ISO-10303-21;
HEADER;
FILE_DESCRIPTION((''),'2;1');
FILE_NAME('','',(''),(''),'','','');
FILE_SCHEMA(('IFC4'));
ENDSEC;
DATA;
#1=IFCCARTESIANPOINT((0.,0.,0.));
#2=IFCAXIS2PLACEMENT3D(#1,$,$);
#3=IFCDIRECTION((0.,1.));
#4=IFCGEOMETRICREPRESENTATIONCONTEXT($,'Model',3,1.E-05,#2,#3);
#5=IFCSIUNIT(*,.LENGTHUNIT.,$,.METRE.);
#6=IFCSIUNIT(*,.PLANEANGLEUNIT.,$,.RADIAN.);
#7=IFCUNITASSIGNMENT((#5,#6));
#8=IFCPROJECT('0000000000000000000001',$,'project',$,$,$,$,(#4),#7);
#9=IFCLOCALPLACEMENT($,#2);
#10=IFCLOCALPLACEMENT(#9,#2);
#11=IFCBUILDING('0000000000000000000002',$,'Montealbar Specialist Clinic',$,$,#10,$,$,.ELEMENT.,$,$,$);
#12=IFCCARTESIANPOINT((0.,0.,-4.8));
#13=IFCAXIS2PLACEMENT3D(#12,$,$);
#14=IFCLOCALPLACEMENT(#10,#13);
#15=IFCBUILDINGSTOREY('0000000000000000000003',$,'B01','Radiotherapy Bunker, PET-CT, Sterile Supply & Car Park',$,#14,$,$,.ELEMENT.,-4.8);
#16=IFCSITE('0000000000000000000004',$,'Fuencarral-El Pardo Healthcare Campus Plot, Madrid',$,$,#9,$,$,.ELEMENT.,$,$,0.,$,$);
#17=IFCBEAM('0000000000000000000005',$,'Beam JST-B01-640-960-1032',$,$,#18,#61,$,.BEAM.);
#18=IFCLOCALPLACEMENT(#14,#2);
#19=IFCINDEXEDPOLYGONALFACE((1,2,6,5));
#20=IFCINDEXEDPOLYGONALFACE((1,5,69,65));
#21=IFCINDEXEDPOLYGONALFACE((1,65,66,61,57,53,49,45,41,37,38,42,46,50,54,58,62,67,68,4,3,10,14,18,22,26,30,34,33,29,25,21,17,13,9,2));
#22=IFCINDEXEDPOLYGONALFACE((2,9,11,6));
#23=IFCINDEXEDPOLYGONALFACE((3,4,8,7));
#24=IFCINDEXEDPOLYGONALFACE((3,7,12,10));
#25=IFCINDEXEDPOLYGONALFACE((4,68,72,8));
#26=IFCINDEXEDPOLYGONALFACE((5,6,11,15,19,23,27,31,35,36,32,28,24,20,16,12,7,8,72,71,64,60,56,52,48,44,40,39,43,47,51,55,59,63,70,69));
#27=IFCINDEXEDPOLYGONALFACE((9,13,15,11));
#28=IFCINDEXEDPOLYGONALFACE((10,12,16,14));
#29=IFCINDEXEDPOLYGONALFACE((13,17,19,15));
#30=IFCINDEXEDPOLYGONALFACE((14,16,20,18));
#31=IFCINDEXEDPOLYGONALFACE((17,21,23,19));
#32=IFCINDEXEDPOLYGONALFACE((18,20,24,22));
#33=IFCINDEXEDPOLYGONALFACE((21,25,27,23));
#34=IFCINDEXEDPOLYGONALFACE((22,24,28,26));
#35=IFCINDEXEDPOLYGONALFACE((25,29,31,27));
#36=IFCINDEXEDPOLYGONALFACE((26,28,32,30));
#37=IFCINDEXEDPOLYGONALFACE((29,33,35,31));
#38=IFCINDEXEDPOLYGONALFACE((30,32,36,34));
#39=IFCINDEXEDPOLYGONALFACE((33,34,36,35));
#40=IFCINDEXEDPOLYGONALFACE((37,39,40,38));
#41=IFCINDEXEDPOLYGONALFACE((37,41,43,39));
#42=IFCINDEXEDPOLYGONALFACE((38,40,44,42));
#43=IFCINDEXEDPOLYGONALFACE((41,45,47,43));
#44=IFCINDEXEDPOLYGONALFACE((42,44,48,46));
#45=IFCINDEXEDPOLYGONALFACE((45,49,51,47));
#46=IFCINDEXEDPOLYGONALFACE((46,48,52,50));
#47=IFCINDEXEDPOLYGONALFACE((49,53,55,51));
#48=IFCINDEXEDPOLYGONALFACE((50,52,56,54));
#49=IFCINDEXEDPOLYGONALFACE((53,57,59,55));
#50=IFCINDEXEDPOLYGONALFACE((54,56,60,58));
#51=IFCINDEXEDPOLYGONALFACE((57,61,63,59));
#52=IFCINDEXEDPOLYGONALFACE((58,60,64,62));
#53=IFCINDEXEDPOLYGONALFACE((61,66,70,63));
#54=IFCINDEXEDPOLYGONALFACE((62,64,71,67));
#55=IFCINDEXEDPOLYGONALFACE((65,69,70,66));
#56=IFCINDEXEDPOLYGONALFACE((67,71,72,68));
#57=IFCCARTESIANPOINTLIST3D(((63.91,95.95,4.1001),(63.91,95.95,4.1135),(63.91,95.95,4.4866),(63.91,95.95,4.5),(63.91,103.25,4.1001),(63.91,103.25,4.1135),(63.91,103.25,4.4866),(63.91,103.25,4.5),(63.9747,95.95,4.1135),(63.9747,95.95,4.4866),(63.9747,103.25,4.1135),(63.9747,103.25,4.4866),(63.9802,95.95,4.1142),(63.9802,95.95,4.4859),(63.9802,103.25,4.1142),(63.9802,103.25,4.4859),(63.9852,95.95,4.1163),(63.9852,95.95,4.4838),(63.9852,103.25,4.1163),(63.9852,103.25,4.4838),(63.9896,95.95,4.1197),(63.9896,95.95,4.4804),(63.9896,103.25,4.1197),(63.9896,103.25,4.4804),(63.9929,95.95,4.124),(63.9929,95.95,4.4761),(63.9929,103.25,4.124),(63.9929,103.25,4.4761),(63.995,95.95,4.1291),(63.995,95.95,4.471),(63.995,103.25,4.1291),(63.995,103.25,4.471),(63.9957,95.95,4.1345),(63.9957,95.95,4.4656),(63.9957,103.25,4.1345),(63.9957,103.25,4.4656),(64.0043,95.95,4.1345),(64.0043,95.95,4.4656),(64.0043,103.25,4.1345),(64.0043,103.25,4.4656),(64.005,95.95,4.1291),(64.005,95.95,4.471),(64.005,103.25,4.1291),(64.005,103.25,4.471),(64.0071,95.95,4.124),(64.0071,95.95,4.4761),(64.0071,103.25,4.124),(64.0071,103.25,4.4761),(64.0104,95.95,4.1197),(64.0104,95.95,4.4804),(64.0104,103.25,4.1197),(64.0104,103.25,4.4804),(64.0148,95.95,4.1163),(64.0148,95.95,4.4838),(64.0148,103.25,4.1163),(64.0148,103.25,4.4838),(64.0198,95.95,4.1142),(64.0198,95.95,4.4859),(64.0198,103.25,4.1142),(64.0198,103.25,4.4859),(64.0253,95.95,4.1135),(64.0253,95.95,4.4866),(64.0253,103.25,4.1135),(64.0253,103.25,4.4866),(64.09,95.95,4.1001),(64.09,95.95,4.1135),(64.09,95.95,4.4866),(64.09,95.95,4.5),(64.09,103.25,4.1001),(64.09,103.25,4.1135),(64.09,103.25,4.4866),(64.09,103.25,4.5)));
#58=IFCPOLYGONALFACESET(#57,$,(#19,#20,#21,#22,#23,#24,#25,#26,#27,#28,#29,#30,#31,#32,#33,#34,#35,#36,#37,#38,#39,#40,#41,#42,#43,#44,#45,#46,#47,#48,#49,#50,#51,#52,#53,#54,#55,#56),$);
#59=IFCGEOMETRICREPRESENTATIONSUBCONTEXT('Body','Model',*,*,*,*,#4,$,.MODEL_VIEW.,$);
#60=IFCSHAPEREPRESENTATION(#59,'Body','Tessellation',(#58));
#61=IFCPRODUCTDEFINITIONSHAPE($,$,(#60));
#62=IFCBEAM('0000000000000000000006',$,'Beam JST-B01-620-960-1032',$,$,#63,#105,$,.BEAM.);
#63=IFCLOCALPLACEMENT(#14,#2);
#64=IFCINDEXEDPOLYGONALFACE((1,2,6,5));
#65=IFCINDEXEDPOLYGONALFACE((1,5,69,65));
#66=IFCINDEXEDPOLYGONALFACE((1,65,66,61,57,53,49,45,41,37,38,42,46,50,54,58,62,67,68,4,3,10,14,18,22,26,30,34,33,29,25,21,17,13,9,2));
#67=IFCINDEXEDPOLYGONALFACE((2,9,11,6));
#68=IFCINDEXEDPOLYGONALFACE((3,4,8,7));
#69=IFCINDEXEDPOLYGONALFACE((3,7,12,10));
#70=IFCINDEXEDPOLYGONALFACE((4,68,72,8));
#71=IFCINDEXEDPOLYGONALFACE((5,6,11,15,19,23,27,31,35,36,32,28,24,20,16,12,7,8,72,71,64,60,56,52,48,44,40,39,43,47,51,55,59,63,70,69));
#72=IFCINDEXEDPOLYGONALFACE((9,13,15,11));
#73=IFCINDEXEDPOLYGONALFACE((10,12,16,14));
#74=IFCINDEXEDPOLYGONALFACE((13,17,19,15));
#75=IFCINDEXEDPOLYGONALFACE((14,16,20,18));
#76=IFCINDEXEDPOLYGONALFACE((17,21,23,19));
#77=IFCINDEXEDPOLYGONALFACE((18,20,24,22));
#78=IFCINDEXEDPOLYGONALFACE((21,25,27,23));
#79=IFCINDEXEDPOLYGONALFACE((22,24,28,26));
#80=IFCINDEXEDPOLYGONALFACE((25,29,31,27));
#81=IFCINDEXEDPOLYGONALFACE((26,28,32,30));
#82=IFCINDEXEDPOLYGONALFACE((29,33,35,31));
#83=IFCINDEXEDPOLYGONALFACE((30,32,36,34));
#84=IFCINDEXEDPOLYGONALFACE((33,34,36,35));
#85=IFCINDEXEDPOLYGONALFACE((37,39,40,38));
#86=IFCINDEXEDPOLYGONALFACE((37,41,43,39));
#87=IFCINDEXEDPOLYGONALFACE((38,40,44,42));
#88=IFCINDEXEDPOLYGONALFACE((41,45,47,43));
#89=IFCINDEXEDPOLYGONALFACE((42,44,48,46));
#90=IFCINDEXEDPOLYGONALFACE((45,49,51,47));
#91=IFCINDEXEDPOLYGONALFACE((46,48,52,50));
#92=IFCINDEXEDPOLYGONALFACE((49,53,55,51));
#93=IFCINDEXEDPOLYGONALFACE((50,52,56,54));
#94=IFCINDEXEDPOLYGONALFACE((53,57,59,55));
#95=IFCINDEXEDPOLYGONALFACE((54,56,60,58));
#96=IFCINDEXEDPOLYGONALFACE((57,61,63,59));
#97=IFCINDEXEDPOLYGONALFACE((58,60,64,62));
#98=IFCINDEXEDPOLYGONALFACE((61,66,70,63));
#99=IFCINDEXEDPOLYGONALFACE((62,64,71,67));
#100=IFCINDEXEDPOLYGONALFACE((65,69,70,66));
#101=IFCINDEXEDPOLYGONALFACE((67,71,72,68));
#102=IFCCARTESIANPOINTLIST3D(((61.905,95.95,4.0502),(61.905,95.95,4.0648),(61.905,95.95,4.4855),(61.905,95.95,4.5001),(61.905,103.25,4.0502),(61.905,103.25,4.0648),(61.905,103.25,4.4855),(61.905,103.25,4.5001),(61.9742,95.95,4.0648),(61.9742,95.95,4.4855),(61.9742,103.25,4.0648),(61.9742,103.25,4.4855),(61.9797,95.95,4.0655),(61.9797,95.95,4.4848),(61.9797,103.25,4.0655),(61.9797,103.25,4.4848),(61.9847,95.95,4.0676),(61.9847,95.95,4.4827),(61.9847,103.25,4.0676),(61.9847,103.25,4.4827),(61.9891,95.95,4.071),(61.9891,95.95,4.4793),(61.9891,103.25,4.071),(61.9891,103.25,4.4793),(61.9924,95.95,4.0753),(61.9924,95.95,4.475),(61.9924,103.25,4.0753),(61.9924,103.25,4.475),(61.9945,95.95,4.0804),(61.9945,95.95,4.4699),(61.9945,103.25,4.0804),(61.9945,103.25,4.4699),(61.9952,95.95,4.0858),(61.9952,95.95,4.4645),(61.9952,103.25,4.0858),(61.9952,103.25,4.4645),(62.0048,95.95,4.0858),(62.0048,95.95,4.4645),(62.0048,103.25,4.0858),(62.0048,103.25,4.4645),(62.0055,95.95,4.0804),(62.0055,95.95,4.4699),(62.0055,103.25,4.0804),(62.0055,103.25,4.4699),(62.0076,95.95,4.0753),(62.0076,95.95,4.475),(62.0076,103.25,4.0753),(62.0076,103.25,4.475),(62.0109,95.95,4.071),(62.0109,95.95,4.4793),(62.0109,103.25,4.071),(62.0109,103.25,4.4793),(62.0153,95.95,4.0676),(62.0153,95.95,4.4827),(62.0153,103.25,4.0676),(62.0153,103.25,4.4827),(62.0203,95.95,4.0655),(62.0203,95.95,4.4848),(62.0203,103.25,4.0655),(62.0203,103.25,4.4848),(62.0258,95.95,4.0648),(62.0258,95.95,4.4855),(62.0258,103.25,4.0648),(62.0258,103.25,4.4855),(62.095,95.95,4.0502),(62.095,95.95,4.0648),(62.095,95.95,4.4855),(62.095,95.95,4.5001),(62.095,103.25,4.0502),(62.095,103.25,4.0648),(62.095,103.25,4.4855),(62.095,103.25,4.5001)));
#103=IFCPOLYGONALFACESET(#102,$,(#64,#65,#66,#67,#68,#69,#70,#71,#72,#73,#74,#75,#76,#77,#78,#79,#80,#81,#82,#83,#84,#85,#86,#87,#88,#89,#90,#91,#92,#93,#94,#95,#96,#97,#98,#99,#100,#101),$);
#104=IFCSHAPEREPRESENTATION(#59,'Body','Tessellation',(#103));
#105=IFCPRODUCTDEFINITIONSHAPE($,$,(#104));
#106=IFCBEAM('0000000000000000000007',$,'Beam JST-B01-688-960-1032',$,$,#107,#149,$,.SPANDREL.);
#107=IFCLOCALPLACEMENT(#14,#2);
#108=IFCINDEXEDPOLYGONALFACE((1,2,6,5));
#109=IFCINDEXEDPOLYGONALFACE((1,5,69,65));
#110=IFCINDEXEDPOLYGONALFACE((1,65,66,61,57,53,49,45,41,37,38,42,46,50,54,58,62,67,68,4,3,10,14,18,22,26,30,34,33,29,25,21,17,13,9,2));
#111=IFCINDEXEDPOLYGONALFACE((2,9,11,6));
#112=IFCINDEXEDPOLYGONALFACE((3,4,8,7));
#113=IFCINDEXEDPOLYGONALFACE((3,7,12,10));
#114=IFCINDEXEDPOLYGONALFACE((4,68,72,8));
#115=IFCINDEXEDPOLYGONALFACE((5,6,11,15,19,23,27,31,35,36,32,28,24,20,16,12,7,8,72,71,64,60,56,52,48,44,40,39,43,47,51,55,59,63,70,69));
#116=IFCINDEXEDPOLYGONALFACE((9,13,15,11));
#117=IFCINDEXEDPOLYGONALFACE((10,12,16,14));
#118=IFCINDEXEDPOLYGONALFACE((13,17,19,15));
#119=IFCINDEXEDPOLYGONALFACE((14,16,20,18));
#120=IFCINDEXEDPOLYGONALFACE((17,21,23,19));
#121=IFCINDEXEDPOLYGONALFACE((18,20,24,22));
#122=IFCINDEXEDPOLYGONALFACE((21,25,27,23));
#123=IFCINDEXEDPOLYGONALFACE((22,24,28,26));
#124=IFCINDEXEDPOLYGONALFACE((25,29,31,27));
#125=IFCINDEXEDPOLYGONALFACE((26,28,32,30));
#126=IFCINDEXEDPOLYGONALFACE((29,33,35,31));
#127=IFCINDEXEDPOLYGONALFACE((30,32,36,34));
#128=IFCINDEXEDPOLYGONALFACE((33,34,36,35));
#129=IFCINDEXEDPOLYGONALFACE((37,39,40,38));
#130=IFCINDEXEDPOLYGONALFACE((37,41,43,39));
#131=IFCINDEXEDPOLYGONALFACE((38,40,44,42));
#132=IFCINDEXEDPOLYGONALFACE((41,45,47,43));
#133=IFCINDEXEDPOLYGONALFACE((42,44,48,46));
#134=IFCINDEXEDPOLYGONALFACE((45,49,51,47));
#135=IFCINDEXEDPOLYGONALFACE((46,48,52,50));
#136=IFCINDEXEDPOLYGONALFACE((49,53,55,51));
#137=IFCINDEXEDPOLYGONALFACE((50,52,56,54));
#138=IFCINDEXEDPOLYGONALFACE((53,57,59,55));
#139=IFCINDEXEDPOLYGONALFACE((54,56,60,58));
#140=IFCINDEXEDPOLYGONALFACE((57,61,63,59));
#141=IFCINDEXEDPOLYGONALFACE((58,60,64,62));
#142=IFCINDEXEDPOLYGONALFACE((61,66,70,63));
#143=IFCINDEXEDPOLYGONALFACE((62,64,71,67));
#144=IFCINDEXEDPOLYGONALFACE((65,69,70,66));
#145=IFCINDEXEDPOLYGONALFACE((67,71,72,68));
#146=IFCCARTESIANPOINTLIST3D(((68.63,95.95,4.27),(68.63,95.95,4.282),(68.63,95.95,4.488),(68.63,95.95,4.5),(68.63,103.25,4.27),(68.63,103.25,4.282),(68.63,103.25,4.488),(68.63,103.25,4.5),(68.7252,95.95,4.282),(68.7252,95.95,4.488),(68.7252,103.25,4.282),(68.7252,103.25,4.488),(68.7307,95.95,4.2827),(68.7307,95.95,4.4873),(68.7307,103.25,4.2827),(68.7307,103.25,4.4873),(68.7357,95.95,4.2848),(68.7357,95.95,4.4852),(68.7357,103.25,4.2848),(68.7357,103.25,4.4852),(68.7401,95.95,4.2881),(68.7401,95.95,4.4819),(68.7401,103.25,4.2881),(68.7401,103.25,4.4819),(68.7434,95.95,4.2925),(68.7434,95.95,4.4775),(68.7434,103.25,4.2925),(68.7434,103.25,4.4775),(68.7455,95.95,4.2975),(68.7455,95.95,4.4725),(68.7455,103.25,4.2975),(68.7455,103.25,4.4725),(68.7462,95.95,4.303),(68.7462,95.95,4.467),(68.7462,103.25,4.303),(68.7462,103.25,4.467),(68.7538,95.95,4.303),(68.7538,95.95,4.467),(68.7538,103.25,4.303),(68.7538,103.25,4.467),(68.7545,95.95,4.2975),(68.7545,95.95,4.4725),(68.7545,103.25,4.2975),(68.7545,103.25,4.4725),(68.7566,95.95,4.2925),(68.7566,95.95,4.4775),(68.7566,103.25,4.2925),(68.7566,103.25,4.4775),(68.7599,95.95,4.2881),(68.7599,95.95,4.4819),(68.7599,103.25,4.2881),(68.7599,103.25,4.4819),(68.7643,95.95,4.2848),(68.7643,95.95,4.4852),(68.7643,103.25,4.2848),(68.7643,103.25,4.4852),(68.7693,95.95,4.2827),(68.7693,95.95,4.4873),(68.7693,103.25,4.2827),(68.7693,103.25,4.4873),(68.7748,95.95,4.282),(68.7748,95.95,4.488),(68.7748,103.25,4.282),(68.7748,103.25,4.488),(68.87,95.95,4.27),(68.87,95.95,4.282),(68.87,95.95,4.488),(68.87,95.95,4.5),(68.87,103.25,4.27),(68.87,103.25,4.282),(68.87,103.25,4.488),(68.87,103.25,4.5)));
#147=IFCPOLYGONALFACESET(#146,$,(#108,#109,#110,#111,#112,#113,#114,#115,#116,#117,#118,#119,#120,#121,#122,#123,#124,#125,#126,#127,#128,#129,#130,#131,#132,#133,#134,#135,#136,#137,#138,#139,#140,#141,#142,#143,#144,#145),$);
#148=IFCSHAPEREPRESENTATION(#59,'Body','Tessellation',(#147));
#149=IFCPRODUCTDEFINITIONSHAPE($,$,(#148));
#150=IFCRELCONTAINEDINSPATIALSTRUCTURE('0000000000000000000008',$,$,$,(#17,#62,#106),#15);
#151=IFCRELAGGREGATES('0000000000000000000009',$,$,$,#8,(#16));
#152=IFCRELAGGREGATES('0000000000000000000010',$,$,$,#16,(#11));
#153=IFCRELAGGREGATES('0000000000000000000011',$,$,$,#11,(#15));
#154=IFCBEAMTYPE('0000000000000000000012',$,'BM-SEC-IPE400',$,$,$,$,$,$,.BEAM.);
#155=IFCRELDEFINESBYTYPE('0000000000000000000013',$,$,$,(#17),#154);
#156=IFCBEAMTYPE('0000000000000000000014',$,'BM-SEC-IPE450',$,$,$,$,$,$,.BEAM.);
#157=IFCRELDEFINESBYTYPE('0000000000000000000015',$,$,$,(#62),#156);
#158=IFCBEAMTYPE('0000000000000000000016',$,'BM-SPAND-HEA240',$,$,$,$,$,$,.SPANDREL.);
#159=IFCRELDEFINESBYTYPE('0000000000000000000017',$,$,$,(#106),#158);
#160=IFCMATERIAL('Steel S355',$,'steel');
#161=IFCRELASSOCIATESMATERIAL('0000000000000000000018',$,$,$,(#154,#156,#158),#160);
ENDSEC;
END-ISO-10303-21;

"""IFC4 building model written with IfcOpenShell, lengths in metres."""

from ifc_helpers import new_model, si_unit, direction, frame, origin, origin_2d, place, context, subcontext, project, spatial, i_section, extrude, material, material_profile, profile_set, type_object, element, save


model = new_model("IFC4")

# Units and contexts
model_context = context("Model", 3, precision=1e-05, world=origin(), true_north=direction((0.0, 1.0)))
body_context = subcontext(model_context, "Body", "Model", "MODEL_VIEW")
ifc_project = project(units=[si_unit("LENGTHUNIT", "METRE"), si_unit("PLANEANGLEUNIT", "RADIAN")], contexts=[model_context])

# Site, building, storey
site_placement = place(None, origin())
site = spatial("IfcSite", under=ifc_project, at=site_placement, Name="Fuencarral-El Pardo Healthcare Campus Plot, Madrid", CompositionType="ELEMENT", RefElevation=0.0)
building_placement = place(site_placement, origin())
building = spatial("IfcBuilding", under=site, at=building_placement, Name="Montealbar Specialist Clinic", CompositionType="ELEMENT")
storey_placement = place(building_placement, frame((0.0, 0.0, -4.8)))
storey = spatial("IfcBuildingStorey", under=building, at=storey_placement, Name="B01", Description="Radiotherapy Bunker, PET-CT, Sterile Supply & Car Park", CompositionType="ELEMENT", Elevation=-4.8)

# Shared definitions
ifc_material_1 = material(Name="Steel S355", Category="steel")

# Beams
ifc_material_profile_1 = material_profile(ifc_material_1, i_section(OverallWidth=0.1799, OverallDepth=0.3999, WebThickness=0.0085, FlangeThickness=0.0134, FilletRadius=0.021, at=origin_2d()), Name="IPE 400", Category="steel")
ifc_profile_set_1 = profile_set([ifc_material_profile_1], Name="Steel S355")
beam_type_1 = type_object("IfcBeamType", Name="BM-SEC-IPE400", PredefinedType="BEAM", material=ifc_profile_set_1)
beam_1_placement = place(storey_placement, frame((64.0, 95.95, 4.3), z_axis=(0.0, 1.0, 0.0), x_axis=(-1.0, 0.0, 0.0)))
element("IfcBeam", 1, at=beam_1_placement, inside=storey, type_object=beam_type_1, Name="Beam JST-B01-640-960-1032", PredefinedType="BEAM", context=body_context, shape_type="SweptSolid", body=[
    extrude(i_section(OverallWidth=0.1799, OverallDepth=0.3999, WebThickness=0.0085, FlangeThickness=0.0134, FilletRadius=0.021, at=origin_2d()), origin(), (0.0, 0.0, 1.0), 7.3),
])
ifc_material_profile_2 = material_profile(ifc_material_1, i_section(OverallWidth=0.1899, OverallDepth=0.45, WebThickness=0.0095, FlangeThickness=0.0146, FilletRadius=0.021, at=origin_2d()), Name="IPE 450", Category="steel")
ifc_profile_set_2 = profile_set([ifc_material_profile_2], Name="Steel S355")
beam_type_2 = type_object("IfcBeamType", Name="BM-SEC-IPE450", PredefinedType="BEAM", material=ifc_profile_set_2)
beam_2_placement = place(storey_placement, frame((62.0, 95.95, 4.2751), z_axis=(0.0, 1.0, 0.0), x_axis=(-1.0, 0.0, 0.0)))
element("IfcBeam", 2, at=beam_2_placement, inside=storey, type_object=beam_type_2, Name="Beam JST-B01-620-960-1032", PredefinedType="BEAM", context=body_context, shape_type="SweptSolid", body=[
    extrude(i_section(OverallWidth=0.1899, OverallDepth=0.45, WebThickness=0.0095, FlangeThickness=0.0146, FilletRadius=0.021, at=origin_2d()), origin(), (0.0, 0.0, 1.0), 7.3),
])
ifc_material_profile_3 = material_profile(ifc_material_1, i_section(OverallWidth=0.24, OverallDepth=0.23, WebThickness=0.0076, FlangeThickness=0.012, FilletRadius=0.021, at=origin_2d()), Name="HEA 240", Category="steel")
ifc_profile_set_3 = profile_set([ifc_material_profile_3], Name="Steel S355")
beam_type_3 = type_object("IfcBeamType", Name="BM-SPAND-HEA240", PredefinedType="SPANDREL", material=ifc_profile_set_3)
beam_3_placement = place(storey_placement, frame((68.75, 95.95, 4.385), z_axis=(0.0, 1.0, 0.0), x_axis=(-1.0, 0.0, 0.0)))
element("IfcBeam", 3, at=beam_3_placement, inside=storey, type_object=beam_type_3, Name="Beam JST-B01-688-960-1032", PredefinedType="SPANDREL", context=body_context, shape_type="SweptSolid", body=[
    extrude(i_section(OverallWidth=0.24, OverallDepth=0.23, WebThickness=0.0076, FlangeThickness=0.012, FilletRadius=0.021, at=origin_2d()), origin(), (0.0, 0.0, 1.0), 7.3),
])

save(model, "model.ifc")
